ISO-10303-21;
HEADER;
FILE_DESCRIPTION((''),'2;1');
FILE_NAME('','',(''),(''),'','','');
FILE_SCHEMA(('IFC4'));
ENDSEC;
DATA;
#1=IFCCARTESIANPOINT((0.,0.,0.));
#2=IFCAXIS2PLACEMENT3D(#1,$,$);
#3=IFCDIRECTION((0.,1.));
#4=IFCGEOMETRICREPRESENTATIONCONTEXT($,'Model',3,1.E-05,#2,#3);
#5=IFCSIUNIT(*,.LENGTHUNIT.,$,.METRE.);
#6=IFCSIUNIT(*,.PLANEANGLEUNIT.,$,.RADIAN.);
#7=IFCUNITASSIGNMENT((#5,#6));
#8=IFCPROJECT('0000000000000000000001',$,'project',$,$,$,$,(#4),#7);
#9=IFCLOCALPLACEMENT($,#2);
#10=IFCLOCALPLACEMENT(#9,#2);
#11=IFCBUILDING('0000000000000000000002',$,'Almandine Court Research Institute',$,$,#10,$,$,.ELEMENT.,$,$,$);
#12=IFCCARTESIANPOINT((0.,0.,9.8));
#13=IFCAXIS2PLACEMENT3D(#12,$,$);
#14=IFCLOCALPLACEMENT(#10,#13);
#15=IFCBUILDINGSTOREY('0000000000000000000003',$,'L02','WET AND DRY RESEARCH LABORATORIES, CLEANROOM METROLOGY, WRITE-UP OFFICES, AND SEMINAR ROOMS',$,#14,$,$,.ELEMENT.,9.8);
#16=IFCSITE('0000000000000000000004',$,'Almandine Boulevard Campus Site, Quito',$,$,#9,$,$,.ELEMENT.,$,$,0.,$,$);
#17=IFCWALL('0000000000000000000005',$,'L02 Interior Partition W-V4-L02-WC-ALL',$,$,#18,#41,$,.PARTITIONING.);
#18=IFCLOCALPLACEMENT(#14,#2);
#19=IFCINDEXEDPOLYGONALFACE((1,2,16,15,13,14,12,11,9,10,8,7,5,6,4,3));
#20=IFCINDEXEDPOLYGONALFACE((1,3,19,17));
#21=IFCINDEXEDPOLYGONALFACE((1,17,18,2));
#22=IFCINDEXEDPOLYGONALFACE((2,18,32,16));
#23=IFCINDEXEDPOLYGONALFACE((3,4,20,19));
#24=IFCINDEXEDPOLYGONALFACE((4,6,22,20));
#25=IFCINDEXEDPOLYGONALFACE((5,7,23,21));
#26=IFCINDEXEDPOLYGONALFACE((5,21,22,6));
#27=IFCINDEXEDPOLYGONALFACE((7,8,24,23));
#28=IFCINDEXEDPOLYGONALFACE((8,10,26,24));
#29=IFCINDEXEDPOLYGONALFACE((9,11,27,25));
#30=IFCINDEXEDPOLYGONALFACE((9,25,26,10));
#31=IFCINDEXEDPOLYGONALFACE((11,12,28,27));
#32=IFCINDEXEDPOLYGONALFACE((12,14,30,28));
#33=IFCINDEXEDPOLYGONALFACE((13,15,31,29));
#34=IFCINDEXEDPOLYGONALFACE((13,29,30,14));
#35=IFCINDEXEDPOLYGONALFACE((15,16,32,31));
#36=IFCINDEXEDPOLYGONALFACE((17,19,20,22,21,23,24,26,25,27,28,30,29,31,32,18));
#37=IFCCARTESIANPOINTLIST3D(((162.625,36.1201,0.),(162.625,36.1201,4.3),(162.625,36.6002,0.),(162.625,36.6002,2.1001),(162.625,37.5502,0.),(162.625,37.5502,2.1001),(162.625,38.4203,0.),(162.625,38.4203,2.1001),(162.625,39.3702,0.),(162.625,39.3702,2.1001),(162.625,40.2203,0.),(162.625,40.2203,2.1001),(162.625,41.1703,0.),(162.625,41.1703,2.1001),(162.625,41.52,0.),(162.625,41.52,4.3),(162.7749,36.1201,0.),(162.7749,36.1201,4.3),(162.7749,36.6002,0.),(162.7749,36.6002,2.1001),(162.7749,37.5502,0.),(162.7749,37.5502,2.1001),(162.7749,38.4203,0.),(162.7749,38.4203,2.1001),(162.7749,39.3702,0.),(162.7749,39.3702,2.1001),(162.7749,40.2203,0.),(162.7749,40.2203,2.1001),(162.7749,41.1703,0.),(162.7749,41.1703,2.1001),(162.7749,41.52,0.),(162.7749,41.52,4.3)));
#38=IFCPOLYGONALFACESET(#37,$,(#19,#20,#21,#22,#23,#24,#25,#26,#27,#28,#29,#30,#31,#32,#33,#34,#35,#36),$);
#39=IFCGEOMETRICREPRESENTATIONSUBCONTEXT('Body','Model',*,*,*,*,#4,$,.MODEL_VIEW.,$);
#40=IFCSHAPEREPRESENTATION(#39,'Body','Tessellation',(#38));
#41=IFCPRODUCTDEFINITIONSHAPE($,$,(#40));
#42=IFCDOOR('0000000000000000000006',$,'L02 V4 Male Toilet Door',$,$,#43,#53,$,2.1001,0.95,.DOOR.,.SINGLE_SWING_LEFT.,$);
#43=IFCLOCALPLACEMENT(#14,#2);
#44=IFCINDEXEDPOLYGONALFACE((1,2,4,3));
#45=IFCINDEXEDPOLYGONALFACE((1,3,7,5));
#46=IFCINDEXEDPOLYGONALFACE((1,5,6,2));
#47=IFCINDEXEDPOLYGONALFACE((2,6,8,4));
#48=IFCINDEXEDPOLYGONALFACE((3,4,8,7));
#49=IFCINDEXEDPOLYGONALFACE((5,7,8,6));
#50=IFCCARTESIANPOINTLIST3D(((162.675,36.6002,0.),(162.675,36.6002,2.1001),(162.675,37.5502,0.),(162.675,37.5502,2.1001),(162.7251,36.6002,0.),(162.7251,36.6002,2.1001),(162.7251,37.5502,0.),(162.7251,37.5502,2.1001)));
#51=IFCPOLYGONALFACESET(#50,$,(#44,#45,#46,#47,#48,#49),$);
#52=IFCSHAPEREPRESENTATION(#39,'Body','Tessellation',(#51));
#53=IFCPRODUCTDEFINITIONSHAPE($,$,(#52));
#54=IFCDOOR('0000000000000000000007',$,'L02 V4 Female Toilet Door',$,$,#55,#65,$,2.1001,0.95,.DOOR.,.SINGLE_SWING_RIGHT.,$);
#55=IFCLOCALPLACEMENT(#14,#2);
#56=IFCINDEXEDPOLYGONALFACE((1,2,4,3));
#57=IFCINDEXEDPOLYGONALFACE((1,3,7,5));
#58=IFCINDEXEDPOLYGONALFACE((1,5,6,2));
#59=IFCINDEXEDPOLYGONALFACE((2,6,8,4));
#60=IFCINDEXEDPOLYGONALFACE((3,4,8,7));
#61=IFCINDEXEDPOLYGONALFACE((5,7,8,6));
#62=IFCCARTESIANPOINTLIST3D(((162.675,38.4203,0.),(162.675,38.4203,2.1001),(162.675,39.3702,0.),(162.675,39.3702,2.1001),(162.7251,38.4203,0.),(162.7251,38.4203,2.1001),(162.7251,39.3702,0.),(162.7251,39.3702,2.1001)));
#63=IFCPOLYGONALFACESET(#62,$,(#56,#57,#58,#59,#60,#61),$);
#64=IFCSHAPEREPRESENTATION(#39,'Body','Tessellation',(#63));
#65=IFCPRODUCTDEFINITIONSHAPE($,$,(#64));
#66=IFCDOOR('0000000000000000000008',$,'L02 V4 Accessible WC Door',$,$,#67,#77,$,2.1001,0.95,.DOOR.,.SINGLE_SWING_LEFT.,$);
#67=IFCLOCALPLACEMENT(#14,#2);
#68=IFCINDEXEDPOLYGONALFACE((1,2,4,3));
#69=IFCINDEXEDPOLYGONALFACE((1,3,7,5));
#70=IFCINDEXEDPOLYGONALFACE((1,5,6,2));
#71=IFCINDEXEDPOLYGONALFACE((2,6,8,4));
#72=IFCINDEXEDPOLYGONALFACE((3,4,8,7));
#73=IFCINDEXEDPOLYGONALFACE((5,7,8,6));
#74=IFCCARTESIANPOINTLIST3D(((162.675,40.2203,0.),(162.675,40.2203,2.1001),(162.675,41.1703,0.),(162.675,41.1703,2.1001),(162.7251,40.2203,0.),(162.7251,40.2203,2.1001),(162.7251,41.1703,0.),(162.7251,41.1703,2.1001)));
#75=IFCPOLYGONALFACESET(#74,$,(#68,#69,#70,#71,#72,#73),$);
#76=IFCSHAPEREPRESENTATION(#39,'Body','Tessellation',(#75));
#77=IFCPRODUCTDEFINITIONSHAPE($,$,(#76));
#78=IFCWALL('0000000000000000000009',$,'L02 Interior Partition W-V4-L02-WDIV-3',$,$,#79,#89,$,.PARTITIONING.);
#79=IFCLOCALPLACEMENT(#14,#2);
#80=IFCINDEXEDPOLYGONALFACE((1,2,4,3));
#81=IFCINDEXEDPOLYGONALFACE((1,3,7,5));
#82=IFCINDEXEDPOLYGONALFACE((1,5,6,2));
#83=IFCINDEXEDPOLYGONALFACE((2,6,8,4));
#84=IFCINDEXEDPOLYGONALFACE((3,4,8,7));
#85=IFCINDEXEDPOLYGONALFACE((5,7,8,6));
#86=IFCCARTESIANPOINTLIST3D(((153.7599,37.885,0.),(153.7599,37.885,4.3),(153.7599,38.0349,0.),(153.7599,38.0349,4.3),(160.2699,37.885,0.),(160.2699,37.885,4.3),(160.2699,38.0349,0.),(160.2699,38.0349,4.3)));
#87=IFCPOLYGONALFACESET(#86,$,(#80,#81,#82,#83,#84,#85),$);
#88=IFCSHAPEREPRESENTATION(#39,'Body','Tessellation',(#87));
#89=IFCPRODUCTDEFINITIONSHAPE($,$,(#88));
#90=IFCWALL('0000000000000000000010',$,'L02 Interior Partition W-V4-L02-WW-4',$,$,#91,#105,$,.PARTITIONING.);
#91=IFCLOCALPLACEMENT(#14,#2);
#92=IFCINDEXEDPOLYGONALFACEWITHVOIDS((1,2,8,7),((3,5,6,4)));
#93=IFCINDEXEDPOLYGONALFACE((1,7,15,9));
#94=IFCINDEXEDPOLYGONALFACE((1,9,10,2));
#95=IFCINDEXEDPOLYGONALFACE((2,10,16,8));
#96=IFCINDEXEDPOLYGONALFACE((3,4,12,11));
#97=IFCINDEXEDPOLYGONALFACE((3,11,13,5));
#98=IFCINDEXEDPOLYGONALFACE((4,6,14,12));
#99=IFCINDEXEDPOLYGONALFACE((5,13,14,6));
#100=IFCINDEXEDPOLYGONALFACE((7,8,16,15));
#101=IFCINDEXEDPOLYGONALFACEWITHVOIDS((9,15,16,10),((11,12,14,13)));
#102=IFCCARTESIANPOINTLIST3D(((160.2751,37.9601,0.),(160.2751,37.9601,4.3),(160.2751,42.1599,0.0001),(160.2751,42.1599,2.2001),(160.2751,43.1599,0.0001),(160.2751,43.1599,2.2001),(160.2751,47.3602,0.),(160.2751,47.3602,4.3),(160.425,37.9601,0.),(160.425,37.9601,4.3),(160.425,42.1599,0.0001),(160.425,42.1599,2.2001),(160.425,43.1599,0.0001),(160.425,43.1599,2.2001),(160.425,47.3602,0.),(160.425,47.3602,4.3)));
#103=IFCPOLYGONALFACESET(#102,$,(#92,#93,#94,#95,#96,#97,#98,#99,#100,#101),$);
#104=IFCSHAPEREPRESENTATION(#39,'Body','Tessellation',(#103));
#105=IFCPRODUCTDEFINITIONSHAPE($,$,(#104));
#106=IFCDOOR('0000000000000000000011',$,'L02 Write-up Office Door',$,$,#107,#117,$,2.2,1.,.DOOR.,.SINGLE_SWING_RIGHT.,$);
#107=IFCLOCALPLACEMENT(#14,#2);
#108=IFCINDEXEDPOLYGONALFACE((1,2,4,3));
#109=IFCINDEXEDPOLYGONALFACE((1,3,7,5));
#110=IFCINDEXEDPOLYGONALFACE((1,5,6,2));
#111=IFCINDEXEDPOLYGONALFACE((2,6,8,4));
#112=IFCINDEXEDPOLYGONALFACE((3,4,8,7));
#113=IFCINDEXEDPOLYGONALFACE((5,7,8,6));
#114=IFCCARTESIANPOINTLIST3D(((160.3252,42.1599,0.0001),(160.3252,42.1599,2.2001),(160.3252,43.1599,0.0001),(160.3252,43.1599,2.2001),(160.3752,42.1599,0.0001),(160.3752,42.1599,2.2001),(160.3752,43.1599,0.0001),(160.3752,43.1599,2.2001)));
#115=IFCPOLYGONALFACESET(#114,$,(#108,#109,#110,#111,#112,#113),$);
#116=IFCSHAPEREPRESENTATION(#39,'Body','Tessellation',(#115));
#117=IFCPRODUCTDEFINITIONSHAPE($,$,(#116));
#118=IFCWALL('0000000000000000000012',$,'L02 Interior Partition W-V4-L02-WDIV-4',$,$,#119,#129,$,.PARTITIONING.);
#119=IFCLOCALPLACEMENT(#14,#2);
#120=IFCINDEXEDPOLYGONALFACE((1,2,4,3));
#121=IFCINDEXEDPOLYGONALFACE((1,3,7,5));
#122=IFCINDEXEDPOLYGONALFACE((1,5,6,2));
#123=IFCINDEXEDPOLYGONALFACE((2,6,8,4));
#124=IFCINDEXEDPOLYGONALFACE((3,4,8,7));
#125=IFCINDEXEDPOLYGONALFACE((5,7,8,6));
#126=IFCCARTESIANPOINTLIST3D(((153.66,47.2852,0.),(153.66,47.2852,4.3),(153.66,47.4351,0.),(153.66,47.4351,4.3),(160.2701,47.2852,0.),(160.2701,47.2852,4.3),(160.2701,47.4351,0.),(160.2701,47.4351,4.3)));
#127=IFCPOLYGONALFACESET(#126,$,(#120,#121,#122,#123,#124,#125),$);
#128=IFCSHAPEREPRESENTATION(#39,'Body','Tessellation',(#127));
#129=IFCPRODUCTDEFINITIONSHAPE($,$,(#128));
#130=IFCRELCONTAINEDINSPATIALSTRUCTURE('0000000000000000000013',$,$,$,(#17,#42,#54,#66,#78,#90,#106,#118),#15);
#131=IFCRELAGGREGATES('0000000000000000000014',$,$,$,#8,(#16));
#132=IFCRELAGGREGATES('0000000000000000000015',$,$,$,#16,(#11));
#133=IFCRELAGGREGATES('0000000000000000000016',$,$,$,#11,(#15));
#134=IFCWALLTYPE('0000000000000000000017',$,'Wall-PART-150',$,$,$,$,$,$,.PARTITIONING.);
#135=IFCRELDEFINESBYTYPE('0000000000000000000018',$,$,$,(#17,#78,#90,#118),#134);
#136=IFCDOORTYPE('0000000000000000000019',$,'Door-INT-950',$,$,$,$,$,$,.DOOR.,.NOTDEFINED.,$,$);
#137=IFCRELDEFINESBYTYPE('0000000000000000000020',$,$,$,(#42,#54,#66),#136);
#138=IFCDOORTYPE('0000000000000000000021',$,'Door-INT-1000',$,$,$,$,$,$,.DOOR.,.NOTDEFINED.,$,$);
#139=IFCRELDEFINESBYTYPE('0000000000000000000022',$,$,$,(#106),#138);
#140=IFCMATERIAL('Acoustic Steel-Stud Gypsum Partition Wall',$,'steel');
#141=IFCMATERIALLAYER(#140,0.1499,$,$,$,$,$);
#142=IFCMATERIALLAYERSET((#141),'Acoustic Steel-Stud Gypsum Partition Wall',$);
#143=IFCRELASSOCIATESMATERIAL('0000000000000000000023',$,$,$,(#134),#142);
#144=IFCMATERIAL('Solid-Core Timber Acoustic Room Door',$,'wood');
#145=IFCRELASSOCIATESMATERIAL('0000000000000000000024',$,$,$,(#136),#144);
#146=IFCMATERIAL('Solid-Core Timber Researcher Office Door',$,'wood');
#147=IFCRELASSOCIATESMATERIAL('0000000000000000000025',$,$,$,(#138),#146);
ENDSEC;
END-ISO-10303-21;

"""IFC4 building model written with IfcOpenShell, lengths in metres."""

from ifc_helpers import new_model, si_unit, direction, frame, frame_2d, origin, place, context, subcontext, project, spatial, rectangle, extrude, material, layer, layer_set, type_object, element, fill, save


model = new_model("IFC4")

# Units and contexts
model_context = context("Model", 3, precision=1e-05, world=origin(), true_north=direction((0.0, 1.0)))
body_context = subcontext(model_context, "Body", "Model", "MODEL_VIEW")
ifc_project = project(units=[si_unit("LENGTHUNIT", "METRE"), si_unit("PLANEANGLEUNIT", "RADIAN")], contexts=[model_context])

# Site, building, storey
site_placement = place(None, origin())
site = spatial("IfcSite", under=ifc_project, at=site_placement, Name="Almandine Boulevard Campus Site, Quito", CompositionType="ELEMENT", RefElevation=0.0)
building_placement = place(site_placement, origin())
building = spatial("IfcBuilding", under=site, at=building_placement, Name="Almandine Court Research Institute", CompositionType="ELEMENT")
storey_placement = place(building_placement, frame((0.0, 0.0, 9.8)))
storey = spatial("IfcBuildingStorey", under=building, at=storey_placement, Name="L02", Description="WET AND DRY RESEARCH LABORATORIES, CLEANROOM METROLOGY, WRITE-UP OFFICES, AND SEMINAR ROOMS", CompositionType="ELEMENT", Elevation=9.8)

# Shared definitions
ifc_material_1 = material(Name="Acoustic Steel-Stud Gypsum Partition Wall", Category="steel")
ifc_layer_1 = layer(ifc_material_1, 0.1499)
ifc_layer_set_1 = layer_set([ifc_layer_1], Name="Acoustic Steel-Stud Gypsum Partition Wall")
wall_type_1 = type_object("IfcWallType", Name="Wall-PART-150", PredefinedType="PARTITIONING", material=ifc_layer_set_1)

# Wall, openings, doors
wall_1_placement = place(storey_placement, frame((162.7, 36.1201, 0.0), z_axis=(0.0, 0.0, 1.0), x_axis=(0.0, 1.0, 0.0)))
wall_1 = element("IfcWall", 1, at=wall_1_placement, inside=storey, type_object=wall_type_1, Name="L02 Interior Partition W-V4-L02-WC-ALL", PredefinedType="PARTITIONING", context=body_context, shape_type="SweptSolid", body=[
    extrude(rectangle(XDim=5.3999, YDim=0.1499, at=frame_2d((2.7, 0.0))), origin(), (0.0, 0.0, 1.0), 4.3),
])
opening_1_placement = place(wall_1_placement, frame((0.48, 0.0, 0.0)))
opening_1 = element("IfcOpeningElement", 2, at=opening_1_placement, cuts=wall_1, PredefinedType="OPENING", context=body_context, shape_type="SweptSolid", body=[
    extrude(rectangle(XDim=0.95, YDim=2.1001, at=frame_2d((0.4751, 1.05))), frame((0.0, 0.085, 0.0), z_axis=(0.0, -1.0, 0.0), x_axis=(1.0, 0.0, 0.0)), (0.0, 0.0, 1.0), 0.1699),
])
opening_2_placement = place(wall_1_placement, frame((2.3, 0.0, 0.0)))
opening_2 = element("IfcOpeningElement", 3, at=opening_2_placement, cuts=wall_1, PredefinedType="OPENING", context=body_context, shape_type="SweptSolid", body=[
    extrude(rectangle(XDim=0.95, YDim=2.1001, at=frame_2d((0.4751, 1.05))), frame((0.0, 0.085, 0.0), z_axis=(0.0, -1.0, 0.0), x_axis=(1.0, 0.0, 0.0)), (0.0, 0.0, 1.0), 0.1699),
])
opening_3_placement = place(wall_1_placement, frame((4.1001, 0.0, 0.0)))
opening_3 = element("IfcOpeningElement", 4, at=opening_3_placement, cuts=wall_1, PredefinedType="OPENING", context=body_context, shape_type="SweptSolid", body=[
    extrude(rectangle(XDim=0.95, YDim=2.1001, at=frame_2d((0.4751, 1.05))), frame((0.0, 0.085, 0.0), z_axis=(0.0, -1.0, 0.0), x_axis=(1.0, 0.0, 0.0)), (0.0, 0.0, 1.0), 0.1699),
])
ifc_material_2 = material(Name="Solid-Core Timber Acoustic Room Door", Category="wood")
door_type_1 = type_object("IfcDoorType", Name="Door-INT-950", OperationType="NOTDEFINED", PredefinedType="DOOR", material=ifc_material_2)
door_1_placement = place(opening_1_placement, origin())
door_1 = element("IfcDoor", 5, at=door_1_placement, inside=storey, type_object=door_type_1, Name="L02 V4 Male Toilet Door", OperationType="SINGLE_SWING_LEFT", OverallHeight=2.1001, OverallWidth=0.95, PredefinedType="DOOR", context=body_context, shape_type="SweptSolid", body=[
    extrude(rectangle(XDim=0.95, YDim=2.1001, at=frame_2d((0.4751, 1.05))), frame((0.0, 0.0249, 0.0), z_axis=(0.0, -1.0, 0.0), x_axis=(1.0, 0.0, 0.0)), (0.0, 0.0, 1.0), 0.05),
])
fill(opening_1, door_1)
door_2_placement = place(opening_2_placement, origin())
door_2 = element("IfcDoor", 6, at=door_2_placement, inside=storey, type_object=door_type_1, Name="L02 V4 Female Toilet Door", OperationType="SINGLE_SWING_RIGHT", OverallHeight=2.1001, OverallWidth=0.95, PredefinedType="DOOR", context=body_context, shape_type="SweptSolid", body=[
    extrude(rectangle(XDim=0.95, YDim=2.1001, at=frame_2d((0.4751, 1.05))), frame((0.0, 0.0249, 0.0), z_axis=(0.0, -1.0, 0.0), x_axis=(1.0, 0.0, 0.0)), (0.0, 0.0, 1.0), 0.05),
])
fill(opening_2, door_2)
door_3_placement = place(opening_3_placement, origin())
door_3 = element("IfcDoor", 7, at=door_3_placement, inside=storey, type_object=door_type_1, Name="L02 V4 Accessible WC Door", OperationType="SINGLE_SWING_LEFT", OverallHeight=2.1001, OverallWidth=0.95, PredefinedType="DOOR", context=body_context, shape_type="SweptSolid", body=[
    extrude(rectangle(XDim=0.95, YDim=2.1001, at=frame_2d((0.4751, 1.05))), frame((0.0, 0.0249, 0.0), z_axis=(0.0, -1.0, 0.0), x_axis=(1.0, 0.0, 0.0)), (0.0, 0.0, 1.0), 0.05),
])
fill(opening_3, door_3)

# Wall
wall_2_placement = place(storey_placement, frame((153.76, 37.96, 0.0), z_axis=(0.0, 0.0, 1.0), x_axis=(1.0, 0.0, 0.0)))
element("IfcWall", 8, at=wall_2_placement, inside=storey, type_object=wall_type_1, Name="L02 Interior Partition W-V4-L02-WDIV-3", PredefinedType="PARTITIONING", context=body_context, shape_type="SweptSolid", body=[
    extrude(rectangle(XDim=6.51, YDim=0.1499, at=frame_2d((3.2549, 0.0))), origin(), (0.0, 0.0, 1.0), 4.3),
])

# Wall, opening, door
wall_3_placement = place(storey_placement, frame((160.3501, 37.96, 0.0), z_axis=(0.0, 0.0, 1.0), x_axis=(0.0, 1.0, 0.0)))
wall_3 = element("IfcWall", 9, at=wall_3_placement, inside=storey, type_object=wall_type_1, Name="L02 Interior Partition W-V4-L02-WW-4", PredefinedType="PARTITIONING", context=body_context, shape_type="SweptSolid", body=[
    extrude(rectangle(XDim=9.4001, YDim=0.1499, at=frame_2d((4.7002, 0.0))), origin(), (0.0, 0.0, 1.0), 4.3),
])
opening_4_placement = place(wall_3_placement, frame((4.2, 0.0, 0.0)))
opening_4 = element("IfcOpeningElement", 10, at=opening_4_placement, cuts=wall_3, PredefinedType="OPENING", context=body_context, shape_type="SweptSolid", body=[
    extrude(rectangle(XDim=1.0, YDim=2.2, at=frame_2d((0.5, 1.1001))), frame((0.0, 0.085, 0.0), z_axis=(0.0, -1.0, 0.0), x_axis=(1.0, 0.0, 0.0)), (0.0, 0.0, 1.0), 0.1699),
])
ifc_material_3 = material(Name="Solid-Core Timber Researcher Office Door", Category="wood")
door_type_2 = type_object("IfcDoorType", Name="Door-INT-1000", OperationType="NOTDEFINED", PredefinedType="DOOR", material=ifc_material_3)
door_4_placement = place(opening_4_placement, origin())
door_4 = element("IfcDoor", 11, at=door_4_placement, inside=storey, type_object=door_type_2, Name="L02 Write-up Office Door", OperationType="SINGLE_SWING_RIGHT", OverallHeight=2.2, OverallWidth=1.0, PredefinedType="DOOR", context=body_context, shape_type="SweptSolid", body=[
    extrude(rectangle(XDim=1.0, YDim=2.2, at=frame_2d((0.5, 1.1001))), frame((0.0, 0.0249, 0.0), z_axis=(0.0, -1.0, 0.0), x_axis=(1.0, 0.0, 0.0)), (0.0, 0.0, 1.0), 0.05),
])
fill(opening_4, door_4)

# Wall
wall_4_placement = place(storey_placement, frame((153.6599, 47.3601, 0.0), z_axis=(0.0, 0.0, 1.0), x_axis=(1.0, 0.0, 0.0)))
element("IfcWall", 12, at=wall_4_placement, inside=storey, type_object=wall_type_1, Name="L02 Interior Partition W-V4-L02-WDIV-4", PredefinedType="PARTITIONING", context=body_context, shape_type="SweptSolid", body=[
    extrude(rectangle(XDim=6.6101, YDim=0.1499, at=frame_2d((3.3052, 0.0))), origin(), (0.0, 0.0, 1.0), 4.3),
])

save(model, "model.ifc")
